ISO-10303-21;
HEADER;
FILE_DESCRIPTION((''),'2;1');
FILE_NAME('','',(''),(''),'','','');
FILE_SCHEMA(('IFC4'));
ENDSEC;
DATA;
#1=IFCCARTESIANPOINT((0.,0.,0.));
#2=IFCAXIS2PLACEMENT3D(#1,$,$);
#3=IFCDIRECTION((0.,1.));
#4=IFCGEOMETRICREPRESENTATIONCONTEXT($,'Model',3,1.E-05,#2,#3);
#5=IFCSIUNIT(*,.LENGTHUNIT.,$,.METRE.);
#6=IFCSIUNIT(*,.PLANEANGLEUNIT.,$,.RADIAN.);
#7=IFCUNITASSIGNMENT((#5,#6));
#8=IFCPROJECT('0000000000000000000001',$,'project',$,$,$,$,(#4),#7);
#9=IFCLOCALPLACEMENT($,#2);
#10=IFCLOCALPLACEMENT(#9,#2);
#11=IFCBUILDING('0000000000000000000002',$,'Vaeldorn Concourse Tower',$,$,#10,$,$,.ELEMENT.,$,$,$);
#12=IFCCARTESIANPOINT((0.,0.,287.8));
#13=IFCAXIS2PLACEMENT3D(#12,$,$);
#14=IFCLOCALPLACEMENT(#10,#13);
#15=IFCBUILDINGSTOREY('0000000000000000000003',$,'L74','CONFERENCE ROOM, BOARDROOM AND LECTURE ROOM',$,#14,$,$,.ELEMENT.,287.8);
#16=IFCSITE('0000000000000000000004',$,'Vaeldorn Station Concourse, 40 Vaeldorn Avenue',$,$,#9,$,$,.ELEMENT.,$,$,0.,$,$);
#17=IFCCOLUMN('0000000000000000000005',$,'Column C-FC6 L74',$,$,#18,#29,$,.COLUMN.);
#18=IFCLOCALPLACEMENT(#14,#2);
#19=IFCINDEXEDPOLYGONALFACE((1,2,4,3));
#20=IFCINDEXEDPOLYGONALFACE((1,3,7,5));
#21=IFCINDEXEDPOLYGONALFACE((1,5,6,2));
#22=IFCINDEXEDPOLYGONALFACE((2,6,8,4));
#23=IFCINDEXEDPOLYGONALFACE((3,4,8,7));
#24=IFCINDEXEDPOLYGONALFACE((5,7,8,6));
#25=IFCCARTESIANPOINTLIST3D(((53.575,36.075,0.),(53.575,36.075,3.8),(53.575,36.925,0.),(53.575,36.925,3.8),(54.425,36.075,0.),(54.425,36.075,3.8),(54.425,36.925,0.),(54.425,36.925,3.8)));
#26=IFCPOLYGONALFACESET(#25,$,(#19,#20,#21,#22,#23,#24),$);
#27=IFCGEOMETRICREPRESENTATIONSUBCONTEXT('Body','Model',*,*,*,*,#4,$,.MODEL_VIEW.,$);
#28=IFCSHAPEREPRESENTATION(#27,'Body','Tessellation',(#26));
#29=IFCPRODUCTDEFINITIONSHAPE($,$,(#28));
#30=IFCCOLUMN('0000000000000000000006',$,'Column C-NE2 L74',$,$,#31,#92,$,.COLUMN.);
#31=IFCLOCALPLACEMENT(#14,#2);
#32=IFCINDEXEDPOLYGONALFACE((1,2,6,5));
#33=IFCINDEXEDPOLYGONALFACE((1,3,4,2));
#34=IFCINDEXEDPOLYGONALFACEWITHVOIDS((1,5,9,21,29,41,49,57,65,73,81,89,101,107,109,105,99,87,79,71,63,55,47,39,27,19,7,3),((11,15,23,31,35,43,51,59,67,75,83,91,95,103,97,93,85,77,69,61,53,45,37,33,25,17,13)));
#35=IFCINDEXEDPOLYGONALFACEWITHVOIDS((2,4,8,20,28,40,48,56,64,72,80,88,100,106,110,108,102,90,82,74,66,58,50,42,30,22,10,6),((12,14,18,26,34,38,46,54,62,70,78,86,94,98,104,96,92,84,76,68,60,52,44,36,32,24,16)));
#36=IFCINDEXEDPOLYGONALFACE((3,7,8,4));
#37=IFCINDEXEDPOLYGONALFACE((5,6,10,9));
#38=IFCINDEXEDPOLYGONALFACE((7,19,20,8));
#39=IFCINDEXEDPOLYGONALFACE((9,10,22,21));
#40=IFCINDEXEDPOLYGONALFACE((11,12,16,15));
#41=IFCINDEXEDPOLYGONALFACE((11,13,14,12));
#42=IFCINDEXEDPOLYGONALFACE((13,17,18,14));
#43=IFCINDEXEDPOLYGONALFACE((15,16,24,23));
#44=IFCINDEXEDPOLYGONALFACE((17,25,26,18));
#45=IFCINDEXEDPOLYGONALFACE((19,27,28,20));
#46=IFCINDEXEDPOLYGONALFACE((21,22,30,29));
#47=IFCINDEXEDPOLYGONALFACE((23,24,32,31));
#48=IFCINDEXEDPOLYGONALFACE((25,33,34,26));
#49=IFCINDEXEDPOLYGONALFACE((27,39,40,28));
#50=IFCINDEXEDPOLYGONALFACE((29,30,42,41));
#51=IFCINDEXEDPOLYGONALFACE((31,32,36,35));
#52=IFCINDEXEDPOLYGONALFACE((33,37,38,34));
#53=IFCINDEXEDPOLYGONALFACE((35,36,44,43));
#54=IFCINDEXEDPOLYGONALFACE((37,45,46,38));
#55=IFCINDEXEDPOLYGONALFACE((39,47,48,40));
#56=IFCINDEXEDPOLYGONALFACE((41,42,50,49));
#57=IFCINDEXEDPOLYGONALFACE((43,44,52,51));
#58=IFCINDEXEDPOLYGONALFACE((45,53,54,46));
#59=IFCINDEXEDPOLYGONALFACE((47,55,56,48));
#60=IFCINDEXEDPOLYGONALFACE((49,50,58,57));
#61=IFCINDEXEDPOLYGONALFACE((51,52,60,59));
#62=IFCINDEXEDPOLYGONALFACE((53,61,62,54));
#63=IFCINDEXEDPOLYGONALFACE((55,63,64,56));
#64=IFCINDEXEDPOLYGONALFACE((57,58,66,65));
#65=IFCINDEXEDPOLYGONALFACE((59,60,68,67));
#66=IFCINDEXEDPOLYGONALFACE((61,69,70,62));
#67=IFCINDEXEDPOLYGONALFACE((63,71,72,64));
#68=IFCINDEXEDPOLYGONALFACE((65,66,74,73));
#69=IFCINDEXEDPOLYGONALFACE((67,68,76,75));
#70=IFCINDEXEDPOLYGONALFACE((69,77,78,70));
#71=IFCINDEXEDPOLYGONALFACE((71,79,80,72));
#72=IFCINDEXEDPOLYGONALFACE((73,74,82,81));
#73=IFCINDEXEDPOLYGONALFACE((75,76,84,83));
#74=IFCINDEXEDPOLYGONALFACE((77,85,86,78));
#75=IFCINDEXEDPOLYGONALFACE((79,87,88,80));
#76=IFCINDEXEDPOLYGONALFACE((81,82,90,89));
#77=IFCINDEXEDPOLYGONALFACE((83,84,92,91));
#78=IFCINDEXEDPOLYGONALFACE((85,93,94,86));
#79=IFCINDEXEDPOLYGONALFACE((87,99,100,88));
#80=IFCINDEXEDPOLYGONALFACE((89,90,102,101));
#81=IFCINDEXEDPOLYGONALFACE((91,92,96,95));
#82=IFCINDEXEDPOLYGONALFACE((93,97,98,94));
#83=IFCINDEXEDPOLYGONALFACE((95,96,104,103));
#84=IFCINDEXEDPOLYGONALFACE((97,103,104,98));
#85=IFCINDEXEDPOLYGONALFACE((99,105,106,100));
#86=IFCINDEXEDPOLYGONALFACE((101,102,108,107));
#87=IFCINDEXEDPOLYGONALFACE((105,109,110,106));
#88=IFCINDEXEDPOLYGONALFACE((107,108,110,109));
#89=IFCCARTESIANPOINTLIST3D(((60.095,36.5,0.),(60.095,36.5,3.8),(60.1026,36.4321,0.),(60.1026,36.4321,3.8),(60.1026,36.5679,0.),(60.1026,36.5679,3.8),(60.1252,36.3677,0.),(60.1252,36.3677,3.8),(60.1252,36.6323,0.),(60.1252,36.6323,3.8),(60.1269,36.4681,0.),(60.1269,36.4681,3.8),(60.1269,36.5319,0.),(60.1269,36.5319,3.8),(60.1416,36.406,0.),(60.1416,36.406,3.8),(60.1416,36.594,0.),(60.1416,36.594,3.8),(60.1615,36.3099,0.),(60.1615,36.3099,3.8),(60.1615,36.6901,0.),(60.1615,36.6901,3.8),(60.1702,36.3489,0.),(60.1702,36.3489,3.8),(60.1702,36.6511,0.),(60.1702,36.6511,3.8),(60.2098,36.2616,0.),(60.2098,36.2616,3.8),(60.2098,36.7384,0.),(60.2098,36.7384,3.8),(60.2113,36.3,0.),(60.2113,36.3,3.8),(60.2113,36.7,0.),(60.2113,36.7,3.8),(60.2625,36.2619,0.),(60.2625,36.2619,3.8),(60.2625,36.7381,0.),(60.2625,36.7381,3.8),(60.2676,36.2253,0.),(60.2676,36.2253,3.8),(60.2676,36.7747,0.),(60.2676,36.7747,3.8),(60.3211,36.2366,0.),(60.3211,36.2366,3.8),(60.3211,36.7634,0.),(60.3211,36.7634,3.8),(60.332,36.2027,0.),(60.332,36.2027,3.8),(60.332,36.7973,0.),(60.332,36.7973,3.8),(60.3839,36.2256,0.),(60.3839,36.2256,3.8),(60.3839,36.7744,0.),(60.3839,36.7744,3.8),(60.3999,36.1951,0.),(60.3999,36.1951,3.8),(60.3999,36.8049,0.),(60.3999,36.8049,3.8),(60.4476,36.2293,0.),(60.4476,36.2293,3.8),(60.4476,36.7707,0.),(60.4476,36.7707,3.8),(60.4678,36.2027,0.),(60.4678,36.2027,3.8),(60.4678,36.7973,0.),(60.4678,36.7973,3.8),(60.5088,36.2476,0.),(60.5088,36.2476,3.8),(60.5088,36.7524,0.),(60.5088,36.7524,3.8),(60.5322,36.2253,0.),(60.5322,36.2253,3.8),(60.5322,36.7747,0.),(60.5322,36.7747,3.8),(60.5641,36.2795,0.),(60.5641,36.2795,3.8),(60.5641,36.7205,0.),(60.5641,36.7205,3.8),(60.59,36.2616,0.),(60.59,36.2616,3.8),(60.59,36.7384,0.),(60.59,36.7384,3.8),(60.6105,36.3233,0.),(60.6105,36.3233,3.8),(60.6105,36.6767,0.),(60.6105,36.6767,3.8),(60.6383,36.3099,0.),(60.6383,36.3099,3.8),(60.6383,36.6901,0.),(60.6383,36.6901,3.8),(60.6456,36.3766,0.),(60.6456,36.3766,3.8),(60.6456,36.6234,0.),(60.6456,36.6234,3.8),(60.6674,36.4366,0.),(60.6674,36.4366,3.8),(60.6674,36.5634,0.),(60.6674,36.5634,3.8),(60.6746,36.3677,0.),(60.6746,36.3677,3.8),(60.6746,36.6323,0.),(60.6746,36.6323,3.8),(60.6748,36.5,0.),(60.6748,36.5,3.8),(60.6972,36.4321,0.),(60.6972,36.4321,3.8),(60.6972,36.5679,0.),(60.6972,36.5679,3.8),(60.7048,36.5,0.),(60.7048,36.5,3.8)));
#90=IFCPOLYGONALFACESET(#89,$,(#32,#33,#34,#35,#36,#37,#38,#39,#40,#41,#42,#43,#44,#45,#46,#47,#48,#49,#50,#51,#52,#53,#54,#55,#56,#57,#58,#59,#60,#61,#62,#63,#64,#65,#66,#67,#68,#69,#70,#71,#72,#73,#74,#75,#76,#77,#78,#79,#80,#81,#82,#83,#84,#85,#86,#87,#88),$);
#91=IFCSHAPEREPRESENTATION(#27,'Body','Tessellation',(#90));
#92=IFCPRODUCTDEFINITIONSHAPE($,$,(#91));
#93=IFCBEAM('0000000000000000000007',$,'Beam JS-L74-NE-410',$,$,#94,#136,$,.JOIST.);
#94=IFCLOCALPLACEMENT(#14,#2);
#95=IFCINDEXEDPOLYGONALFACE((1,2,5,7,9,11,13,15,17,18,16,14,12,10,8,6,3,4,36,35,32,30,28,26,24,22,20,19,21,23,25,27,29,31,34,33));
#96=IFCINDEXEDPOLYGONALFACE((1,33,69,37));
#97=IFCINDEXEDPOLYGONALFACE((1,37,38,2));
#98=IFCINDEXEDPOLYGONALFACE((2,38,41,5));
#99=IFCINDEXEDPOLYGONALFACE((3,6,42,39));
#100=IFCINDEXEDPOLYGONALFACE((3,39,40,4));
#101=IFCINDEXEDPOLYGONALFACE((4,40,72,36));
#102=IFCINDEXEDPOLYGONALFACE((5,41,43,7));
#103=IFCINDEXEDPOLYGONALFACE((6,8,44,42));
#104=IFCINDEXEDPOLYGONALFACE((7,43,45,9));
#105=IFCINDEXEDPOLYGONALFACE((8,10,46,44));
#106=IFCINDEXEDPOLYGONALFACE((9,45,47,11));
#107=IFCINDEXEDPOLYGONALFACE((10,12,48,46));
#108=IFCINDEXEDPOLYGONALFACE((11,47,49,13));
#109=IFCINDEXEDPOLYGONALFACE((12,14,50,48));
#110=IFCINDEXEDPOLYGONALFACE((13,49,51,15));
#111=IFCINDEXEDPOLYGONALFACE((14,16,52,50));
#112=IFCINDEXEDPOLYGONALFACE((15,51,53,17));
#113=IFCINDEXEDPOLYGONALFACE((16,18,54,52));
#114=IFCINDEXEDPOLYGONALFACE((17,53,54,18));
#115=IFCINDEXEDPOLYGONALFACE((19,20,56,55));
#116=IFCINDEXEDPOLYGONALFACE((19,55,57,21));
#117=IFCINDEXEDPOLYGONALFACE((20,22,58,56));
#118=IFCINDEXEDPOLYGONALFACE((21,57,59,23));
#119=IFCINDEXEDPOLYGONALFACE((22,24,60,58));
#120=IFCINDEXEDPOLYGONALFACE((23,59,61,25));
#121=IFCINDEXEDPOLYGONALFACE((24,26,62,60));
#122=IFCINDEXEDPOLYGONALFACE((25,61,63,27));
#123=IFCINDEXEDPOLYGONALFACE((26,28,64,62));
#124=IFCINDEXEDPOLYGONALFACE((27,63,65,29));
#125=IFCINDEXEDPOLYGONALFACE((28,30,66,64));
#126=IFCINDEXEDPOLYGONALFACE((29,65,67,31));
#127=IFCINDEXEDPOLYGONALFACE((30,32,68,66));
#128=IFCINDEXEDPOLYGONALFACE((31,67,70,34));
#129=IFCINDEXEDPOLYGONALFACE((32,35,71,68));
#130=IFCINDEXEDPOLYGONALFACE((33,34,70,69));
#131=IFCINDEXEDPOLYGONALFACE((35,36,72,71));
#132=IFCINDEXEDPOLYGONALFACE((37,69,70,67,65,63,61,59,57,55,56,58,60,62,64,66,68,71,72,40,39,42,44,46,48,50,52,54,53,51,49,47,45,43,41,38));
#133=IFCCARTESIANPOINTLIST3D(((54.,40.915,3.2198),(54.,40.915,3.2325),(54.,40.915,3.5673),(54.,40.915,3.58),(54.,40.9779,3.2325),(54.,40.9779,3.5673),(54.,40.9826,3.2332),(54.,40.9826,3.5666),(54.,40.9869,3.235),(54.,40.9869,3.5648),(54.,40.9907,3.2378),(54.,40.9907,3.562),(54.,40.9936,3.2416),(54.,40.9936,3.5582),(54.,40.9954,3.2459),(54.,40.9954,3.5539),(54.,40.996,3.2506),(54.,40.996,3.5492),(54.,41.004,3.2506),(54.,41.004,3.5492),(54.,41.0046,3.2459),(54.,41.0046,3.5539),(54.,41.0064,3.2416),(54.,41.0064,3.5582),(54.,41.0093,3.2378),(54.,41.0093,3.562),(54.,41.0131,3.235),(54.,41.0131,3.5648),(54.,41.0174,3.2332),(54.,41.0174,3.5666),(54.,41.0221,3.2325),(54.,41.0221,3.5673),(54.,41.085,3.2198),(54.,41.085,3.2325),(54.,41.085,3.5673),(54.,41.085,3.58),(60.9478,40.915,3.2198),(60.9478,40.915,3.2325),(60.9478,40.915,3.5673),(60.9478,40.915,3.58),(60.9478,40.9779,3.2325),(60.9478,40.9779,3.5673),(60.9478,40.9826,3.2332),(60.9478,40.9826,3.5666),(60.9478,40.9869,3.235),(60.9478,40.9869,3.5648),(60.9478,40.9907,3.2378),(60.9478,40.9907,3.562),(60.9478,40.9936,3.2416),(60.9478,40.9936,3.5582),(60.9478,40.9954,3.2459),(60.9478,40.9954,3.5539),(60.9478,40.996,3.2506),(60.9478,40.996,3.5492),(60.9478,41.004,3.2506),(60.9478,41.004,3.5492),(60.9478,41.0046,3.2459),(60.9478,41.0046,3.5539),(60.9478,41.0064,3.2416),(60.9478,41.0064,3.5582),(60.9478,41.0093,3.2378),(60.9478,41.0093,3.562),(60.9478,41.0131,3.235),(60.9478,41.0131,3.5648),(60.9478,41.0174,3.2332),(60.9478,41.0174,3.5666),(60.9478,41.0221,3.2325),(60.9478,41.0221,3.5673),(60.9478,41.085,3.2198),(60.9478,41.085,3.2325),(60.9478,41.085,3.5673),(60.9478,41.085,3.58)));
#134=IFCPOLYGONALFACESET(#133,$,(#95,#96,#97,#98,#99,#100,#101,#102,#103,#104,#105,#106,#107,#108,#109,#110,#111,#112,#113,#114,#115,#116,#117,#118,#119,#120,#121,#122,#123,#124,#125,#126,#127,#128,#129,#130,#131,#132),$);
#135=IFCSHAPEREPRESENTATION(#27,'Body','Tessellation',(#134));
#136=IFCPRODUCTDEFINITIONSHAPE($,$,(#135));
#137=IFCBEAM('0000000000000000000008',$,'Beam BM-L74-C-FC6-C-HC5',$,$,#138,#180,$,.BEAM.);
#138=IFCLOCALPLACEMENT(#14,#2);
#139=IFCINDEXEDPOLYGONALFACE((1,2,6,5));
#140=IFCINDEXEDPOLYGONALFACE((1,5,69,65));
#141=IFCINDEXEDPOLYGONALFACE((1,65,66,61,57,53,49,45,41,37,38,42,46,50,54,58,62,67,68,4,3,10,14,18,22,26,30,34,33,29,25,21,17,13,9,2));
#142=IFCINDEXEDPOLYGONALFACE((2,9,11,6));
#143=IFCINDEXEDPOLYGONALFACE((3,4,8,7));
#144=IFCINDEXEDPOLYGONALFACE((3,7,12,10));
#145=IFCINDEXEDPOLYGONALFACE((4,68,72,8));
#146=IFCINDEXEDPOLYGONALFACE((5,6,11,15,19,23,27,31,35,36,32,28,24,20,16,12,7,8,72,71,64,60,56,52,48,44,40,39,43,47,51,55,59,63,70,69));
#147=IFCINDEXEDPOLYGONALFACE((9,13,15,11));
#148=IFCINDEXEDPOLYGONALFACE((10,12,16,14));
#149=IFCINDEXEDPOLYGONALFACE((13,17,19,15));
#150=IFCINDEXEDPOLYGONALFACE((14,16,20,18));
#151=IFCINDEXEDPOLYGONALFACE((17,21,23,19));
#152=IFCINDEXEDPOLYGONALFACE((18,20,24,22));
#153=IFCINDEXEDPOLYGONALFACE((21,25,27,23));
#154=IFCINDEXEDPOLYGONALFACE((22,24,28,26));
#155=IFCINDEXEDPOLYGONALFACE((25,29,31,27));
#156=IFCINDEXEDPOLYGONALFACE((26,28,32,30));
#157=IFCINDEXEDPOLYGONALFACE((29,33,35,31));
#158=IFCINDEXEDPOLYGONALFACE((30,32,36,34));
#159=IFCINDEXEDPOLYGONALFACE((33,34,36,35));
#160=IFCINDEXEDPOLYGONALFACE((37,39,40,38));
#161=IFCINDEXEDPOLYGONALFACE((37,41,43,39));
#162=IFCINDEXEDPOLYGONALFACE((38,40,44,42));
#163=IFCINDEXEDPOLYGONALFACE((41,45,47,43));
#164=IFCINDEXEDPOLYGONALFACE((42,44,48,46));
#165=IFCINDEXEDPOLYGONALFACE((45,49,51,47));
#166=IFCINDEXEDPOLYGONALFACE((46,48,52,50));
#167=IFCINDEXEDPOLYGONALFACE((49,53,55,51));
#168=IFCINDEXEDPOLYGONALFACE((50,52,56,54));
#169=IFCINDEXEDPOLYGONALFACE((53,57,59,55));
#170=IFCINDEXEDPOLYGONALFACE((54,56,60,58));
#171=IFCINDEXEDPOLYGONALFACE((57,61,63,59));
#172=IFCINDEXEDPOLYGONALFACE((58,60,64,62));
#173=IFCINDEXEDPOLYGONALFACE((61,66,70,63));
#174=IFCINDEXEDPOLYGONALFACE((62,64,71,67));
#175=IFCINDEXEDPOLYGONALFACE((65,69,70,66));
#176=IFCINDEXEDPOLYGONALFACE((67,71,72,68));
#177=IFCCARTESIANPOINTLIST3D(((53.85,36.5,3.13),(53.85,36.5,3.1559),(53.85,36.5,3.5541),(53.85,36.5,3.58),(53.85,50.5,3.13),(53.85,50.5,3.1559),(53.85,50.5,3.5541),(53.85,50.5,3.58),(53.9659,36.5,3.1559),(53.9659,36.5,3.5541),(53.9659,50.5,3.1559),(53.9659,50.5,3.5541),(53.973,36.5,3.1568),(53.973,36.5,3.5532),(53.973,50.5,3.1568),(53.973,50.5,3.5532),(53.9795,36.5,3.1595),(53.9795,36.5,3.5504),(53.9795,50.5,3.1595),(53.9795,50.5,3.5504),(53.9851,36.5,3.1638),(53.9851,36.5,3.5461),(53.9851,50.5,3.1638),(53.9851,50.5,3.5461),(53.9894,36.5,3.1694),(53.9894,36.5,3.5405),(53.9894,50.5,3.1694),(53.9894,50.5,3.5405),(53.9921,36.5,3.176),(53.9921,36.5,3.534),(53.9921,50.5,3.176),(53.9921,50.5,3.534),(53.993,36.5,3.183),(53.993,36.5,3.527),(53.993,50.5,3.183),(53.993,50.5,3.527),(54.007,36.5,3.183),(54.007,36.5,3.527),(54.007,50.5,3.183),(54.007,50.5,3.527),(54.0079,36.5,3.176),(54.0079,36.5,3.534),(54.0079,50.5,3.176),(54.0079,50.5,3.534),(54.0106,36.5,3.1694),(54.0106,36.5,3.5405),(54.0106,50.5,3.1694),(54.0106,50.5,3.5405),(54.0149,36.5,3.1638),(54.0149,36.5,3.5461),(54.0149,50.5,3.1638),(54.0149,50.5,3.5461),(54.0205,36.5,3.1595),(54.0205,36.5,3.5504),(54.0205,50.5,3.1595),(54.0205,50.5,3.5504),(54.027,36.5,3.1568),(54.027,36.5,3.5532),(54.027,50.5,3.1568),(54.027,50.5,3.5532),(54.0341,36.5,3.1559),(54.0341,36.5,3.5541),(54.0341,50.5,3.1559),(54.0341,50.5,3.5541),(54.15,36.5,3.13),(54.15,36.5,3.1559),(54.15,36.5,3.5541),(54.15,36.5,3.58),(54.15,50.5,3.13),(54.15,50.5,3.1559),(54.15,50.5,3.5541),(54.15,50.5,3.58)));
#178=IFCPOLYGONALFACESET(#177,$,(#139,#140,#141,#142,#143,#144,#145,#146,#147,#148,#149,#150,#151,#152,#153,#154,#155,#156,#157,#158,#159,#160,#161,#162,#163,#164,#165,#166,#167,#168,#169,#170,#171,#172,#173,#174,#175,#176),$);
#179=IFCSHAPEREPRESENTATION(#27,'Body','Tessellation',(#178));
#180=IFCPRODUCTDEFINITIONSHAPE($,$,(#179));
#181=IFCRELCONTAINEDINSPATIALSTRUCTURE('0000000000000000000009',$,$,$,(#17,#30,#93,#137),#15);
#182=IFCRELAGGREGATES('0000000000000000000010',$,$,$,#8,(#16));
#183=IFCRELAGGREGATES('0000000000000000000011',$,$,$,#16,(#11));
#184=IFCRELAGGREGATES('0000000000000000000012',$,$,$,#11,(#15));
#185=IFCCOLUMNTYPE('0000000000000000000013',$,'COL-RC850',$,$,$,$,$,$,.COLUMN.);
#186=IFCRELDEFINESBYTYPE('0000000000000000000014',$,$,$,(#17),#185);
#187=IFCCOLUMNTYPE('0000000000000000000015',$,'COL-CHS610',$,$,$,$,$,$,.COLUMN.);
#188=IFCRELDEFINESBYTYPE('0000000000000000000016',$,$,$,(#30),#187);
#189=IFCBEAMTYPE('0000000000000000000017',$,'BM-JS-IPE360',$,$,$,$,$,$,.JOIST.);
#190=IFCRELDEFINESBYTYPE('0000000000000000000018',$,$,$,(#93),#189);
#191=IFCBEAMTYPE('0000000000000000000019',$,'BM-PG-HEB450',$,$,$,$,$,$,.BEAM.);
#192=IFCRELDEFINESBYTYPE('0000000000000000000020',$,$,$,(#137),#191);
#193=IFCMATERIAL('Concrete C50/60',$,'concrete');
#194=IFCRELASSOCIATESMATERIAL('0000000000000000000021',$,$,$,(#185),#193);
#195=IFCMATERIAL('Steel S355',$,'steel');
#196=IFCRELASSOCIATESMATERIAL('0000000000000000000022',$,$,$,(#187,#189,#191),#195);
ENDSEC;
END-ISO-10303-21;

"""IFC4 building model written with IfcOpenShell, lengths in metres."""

from ifc_helpers import new_model, si_unit, direction, frame, origin, origin_2d, place, context, subcontext, project, spatial, rectangle, hollow_circle, i_section, extrude, source, transform, mapped, material, material_profile, profile_set, type_object, element, save


model = new_model("IFC4")

# Units and contexts
model_context = context("Model", 3, precision=1e-05, world=origin(), true_north=direction((0.0, 1.0)))
body_context = subcontext(model_context, "Body", "Model", "MODEL_VIEW")
ifc_project = project(units=[si_unit("LENGTHUNIT", "METRE"), si_unit("PLANEANGLEUNIT", "RADIAN")], contexts=[model_context])

# Site, building, storey
site_placement = place(None, origin())
site = spatial("IfcSite", under=ifc_project, at=site_placement, Name="Vaeldorn Station Concourse, 40 Vaeldorn Avenue", CompositionType="ELEMENT", RefElevation=0.0)
building_placement = place(site_placement, origin())
building = spatial("IfcBuilding", under=site, at=building_placement, Name="Vaeldorn Concourse Tower", CompositionType="ELEMENT")
storey_placement = place(building_placement, frame((0.0, 0.0, 287.8)))
storey = spatial("IfcBuildingStorey", under=building, at=storey_placement, Name="L74", Description="CONFERENCE ROOM, BOARDROOM AND LECTURE ROOM", CompositionType="ELEMENT", Elevation=287.8)

# Columns
ifc_material_1 = material(Name="Concrete C50/60", Category="concrete")
ifc_material_profile_1 = material_profile(ifc_material_1, rectangle(XDim=0.8501, YDim=0.8501, at=origin_2d()), Name="RC 850x850")
ifc_profile_set_1 = profile_set([ifc_material_profile_1], Name="Concrete C50/60")
column_type_1 = type_object("IfcColumnType", Name="COL-RC850", PredefinedType="COLUMN", material=ifc_profile_set_1)
shared_shape_1 = source(origin(), body_context, "Body", "SweptSolid", [
    extrude(rectangle(XDim=0.8501, YDim=0.8501, at=origin_2d()), origin(), (0.0, 0.0, 1.0), 3.8),
])
column_1_placement = place(storey_placement, frame((54.0, 36.5, 0.0), z_axis=(0.0, 0.0, 1.0), x_axis=(1.0, 0.0, 0.0)))
element("IfcColumn", 1, at=column_1_placement, inside=storey, type_object=column_type_1, Name="Column C-FC6 L74", PredefinedType="COLUMN", context=body_context, shape_type="MappedRepresentation", body=[
    mapped(shared_shape_1, transform((0.0, 0.0, 0.0), scale=1.0)),
])
ifc_material_2 = material(Name="Steel S355", Category="steel")
ifc_material_profile_2 = material_profile(ifc_material_2, hollow_circle(Radius=0.3049, WallThickness=0.03, at=origin_2d()), Name="CHS 610x30")
ifc_profile_set_2 = profile_set([ifc_material_profile_2], Name="Steel S355")
column_type_2 = type_object("IfcColumnType", Name="COL-CHS610", PredefinedType="COLUMN", material=ifc_profile_set_2)
shared_shape_2 = source(origin(), body_context, "Body", "SweptSolid", [
    extrude(hollow_circle(Radius=0.3049, WallThickness=0.03, at=origin_2d()), origin(), (0.0, 0.0, 1.0), 3.8),
])
column_2_placement = place(storey_placement, frame((60.3999, 36.5, 0.0), z_axis=(0.0, 0.0, 1.0), x_axis=(1.0, 0.0, 0.0)))
element("IfcColumn", 2, at=column_2_placement, inside=storey, type_object=column_type_2, Name="Column C-NE2 L74", PredefinedType="COLUMN", context=body_context, shape_type="MappedRepresentation", body=[
    mapped(shared_shape_2, transform((0.0, 0.0, 0.0), scale=1.0)),
])

# Beams
ifc_material_profile_3 = material_profile(ifc_material_2, i_section(OverallWidth=0.1699, OverallDepth=0.3601, WebThickness=0.0081, FlangeThickness=0.0127, FilletRadius=0.0181, at=origin_2d()), Name="IPE 360")
ifc_profile_set_3 = profile_set([ifc_material_profile_3], Name="Steel S355")
beam_type_1 = type_object("IfcBeamType", Name="BM-JS-IPE360", PredefinedType="JOIST", material=ifc_profile_set_3)
shared_shape_3 = source(origin(), body_context, "Body", "SweptSolid", [
    extrude(i_section(OverallWidth=0.1699, OverallDepth=0.3601, WebThickness=0.0081, FlangeThickness=0.0127, FilletRadius=0.0181, at=origin_2d()), origin(), (0.0, 0.0, 1.0), 6.9478),
])
beam_1_placement = place(storey_placement, frame((54.0, 41.0, 3.3999), z_axis=(1.0, 0.0, 0.0), x_axis=(0.0, 1.0, 0.0)))
element("IfcBeam", 3, at=beam_1_placement, inside=storey, type_object=beam_type_1, Name="Beam JS-L74-NE-410", PredefinedType="JOIST", context=body_context, shape_type="MappedRepresentation", body=[
    mapped(shared_shape_3, transform((0.0, 0.0, 0.0), scale=1.0)),
])
ifc_material_profile_4 = material_profile(ifc_material_2, i_section(OverallWidth=0.3, OverallDepth=0.45, WebThickness=0.0139, FlangeThickness=0.0259, FilletRadius=0.0271, at=origin_2d()), Name="HEB 450")
ifc_profile_set_4 = profile_set([ifc_material_profile_4], Name="Steel S355")
beam_type_2 = type_object("IfcBeamType", Name="BM-PG-HEB450", PredefinedType="BEAM", material=ifc_profile_set_4)
shared_shape_4 = source(origin(), body_context, "Body", "SweptSolid", [
    extrude(i_section(OverallWidth=0.3, OverallDepth=0.45, WebThickness=0.0139, FlangeThickness=0.0259, FilletRadius=0.0271, at=origin_2d()), origin(), (0.0, 0.0, 1.0), 14.0),
])
beam_2_placement = place(storey_placement, frame((54.0, 36.5, 3.355), z_axis=(0.0, 1.0, 0.0), x_axis=(-1.0, 0.0, 0.0)))
element("IfcBeam", 4, at=beam_2_placement, inside=storey, type_object=beam_type_2, Name="Beam BM-L74-C-FC6-C-HC5", PredefinedType="BEAM", context=body_context, shape_type="MappedRepresentation", body=[
    mapped(shared_shape_4, transform((0.0, 0.0, 0.0), scale=1.0)),
])

save(model, "model.ifc")
